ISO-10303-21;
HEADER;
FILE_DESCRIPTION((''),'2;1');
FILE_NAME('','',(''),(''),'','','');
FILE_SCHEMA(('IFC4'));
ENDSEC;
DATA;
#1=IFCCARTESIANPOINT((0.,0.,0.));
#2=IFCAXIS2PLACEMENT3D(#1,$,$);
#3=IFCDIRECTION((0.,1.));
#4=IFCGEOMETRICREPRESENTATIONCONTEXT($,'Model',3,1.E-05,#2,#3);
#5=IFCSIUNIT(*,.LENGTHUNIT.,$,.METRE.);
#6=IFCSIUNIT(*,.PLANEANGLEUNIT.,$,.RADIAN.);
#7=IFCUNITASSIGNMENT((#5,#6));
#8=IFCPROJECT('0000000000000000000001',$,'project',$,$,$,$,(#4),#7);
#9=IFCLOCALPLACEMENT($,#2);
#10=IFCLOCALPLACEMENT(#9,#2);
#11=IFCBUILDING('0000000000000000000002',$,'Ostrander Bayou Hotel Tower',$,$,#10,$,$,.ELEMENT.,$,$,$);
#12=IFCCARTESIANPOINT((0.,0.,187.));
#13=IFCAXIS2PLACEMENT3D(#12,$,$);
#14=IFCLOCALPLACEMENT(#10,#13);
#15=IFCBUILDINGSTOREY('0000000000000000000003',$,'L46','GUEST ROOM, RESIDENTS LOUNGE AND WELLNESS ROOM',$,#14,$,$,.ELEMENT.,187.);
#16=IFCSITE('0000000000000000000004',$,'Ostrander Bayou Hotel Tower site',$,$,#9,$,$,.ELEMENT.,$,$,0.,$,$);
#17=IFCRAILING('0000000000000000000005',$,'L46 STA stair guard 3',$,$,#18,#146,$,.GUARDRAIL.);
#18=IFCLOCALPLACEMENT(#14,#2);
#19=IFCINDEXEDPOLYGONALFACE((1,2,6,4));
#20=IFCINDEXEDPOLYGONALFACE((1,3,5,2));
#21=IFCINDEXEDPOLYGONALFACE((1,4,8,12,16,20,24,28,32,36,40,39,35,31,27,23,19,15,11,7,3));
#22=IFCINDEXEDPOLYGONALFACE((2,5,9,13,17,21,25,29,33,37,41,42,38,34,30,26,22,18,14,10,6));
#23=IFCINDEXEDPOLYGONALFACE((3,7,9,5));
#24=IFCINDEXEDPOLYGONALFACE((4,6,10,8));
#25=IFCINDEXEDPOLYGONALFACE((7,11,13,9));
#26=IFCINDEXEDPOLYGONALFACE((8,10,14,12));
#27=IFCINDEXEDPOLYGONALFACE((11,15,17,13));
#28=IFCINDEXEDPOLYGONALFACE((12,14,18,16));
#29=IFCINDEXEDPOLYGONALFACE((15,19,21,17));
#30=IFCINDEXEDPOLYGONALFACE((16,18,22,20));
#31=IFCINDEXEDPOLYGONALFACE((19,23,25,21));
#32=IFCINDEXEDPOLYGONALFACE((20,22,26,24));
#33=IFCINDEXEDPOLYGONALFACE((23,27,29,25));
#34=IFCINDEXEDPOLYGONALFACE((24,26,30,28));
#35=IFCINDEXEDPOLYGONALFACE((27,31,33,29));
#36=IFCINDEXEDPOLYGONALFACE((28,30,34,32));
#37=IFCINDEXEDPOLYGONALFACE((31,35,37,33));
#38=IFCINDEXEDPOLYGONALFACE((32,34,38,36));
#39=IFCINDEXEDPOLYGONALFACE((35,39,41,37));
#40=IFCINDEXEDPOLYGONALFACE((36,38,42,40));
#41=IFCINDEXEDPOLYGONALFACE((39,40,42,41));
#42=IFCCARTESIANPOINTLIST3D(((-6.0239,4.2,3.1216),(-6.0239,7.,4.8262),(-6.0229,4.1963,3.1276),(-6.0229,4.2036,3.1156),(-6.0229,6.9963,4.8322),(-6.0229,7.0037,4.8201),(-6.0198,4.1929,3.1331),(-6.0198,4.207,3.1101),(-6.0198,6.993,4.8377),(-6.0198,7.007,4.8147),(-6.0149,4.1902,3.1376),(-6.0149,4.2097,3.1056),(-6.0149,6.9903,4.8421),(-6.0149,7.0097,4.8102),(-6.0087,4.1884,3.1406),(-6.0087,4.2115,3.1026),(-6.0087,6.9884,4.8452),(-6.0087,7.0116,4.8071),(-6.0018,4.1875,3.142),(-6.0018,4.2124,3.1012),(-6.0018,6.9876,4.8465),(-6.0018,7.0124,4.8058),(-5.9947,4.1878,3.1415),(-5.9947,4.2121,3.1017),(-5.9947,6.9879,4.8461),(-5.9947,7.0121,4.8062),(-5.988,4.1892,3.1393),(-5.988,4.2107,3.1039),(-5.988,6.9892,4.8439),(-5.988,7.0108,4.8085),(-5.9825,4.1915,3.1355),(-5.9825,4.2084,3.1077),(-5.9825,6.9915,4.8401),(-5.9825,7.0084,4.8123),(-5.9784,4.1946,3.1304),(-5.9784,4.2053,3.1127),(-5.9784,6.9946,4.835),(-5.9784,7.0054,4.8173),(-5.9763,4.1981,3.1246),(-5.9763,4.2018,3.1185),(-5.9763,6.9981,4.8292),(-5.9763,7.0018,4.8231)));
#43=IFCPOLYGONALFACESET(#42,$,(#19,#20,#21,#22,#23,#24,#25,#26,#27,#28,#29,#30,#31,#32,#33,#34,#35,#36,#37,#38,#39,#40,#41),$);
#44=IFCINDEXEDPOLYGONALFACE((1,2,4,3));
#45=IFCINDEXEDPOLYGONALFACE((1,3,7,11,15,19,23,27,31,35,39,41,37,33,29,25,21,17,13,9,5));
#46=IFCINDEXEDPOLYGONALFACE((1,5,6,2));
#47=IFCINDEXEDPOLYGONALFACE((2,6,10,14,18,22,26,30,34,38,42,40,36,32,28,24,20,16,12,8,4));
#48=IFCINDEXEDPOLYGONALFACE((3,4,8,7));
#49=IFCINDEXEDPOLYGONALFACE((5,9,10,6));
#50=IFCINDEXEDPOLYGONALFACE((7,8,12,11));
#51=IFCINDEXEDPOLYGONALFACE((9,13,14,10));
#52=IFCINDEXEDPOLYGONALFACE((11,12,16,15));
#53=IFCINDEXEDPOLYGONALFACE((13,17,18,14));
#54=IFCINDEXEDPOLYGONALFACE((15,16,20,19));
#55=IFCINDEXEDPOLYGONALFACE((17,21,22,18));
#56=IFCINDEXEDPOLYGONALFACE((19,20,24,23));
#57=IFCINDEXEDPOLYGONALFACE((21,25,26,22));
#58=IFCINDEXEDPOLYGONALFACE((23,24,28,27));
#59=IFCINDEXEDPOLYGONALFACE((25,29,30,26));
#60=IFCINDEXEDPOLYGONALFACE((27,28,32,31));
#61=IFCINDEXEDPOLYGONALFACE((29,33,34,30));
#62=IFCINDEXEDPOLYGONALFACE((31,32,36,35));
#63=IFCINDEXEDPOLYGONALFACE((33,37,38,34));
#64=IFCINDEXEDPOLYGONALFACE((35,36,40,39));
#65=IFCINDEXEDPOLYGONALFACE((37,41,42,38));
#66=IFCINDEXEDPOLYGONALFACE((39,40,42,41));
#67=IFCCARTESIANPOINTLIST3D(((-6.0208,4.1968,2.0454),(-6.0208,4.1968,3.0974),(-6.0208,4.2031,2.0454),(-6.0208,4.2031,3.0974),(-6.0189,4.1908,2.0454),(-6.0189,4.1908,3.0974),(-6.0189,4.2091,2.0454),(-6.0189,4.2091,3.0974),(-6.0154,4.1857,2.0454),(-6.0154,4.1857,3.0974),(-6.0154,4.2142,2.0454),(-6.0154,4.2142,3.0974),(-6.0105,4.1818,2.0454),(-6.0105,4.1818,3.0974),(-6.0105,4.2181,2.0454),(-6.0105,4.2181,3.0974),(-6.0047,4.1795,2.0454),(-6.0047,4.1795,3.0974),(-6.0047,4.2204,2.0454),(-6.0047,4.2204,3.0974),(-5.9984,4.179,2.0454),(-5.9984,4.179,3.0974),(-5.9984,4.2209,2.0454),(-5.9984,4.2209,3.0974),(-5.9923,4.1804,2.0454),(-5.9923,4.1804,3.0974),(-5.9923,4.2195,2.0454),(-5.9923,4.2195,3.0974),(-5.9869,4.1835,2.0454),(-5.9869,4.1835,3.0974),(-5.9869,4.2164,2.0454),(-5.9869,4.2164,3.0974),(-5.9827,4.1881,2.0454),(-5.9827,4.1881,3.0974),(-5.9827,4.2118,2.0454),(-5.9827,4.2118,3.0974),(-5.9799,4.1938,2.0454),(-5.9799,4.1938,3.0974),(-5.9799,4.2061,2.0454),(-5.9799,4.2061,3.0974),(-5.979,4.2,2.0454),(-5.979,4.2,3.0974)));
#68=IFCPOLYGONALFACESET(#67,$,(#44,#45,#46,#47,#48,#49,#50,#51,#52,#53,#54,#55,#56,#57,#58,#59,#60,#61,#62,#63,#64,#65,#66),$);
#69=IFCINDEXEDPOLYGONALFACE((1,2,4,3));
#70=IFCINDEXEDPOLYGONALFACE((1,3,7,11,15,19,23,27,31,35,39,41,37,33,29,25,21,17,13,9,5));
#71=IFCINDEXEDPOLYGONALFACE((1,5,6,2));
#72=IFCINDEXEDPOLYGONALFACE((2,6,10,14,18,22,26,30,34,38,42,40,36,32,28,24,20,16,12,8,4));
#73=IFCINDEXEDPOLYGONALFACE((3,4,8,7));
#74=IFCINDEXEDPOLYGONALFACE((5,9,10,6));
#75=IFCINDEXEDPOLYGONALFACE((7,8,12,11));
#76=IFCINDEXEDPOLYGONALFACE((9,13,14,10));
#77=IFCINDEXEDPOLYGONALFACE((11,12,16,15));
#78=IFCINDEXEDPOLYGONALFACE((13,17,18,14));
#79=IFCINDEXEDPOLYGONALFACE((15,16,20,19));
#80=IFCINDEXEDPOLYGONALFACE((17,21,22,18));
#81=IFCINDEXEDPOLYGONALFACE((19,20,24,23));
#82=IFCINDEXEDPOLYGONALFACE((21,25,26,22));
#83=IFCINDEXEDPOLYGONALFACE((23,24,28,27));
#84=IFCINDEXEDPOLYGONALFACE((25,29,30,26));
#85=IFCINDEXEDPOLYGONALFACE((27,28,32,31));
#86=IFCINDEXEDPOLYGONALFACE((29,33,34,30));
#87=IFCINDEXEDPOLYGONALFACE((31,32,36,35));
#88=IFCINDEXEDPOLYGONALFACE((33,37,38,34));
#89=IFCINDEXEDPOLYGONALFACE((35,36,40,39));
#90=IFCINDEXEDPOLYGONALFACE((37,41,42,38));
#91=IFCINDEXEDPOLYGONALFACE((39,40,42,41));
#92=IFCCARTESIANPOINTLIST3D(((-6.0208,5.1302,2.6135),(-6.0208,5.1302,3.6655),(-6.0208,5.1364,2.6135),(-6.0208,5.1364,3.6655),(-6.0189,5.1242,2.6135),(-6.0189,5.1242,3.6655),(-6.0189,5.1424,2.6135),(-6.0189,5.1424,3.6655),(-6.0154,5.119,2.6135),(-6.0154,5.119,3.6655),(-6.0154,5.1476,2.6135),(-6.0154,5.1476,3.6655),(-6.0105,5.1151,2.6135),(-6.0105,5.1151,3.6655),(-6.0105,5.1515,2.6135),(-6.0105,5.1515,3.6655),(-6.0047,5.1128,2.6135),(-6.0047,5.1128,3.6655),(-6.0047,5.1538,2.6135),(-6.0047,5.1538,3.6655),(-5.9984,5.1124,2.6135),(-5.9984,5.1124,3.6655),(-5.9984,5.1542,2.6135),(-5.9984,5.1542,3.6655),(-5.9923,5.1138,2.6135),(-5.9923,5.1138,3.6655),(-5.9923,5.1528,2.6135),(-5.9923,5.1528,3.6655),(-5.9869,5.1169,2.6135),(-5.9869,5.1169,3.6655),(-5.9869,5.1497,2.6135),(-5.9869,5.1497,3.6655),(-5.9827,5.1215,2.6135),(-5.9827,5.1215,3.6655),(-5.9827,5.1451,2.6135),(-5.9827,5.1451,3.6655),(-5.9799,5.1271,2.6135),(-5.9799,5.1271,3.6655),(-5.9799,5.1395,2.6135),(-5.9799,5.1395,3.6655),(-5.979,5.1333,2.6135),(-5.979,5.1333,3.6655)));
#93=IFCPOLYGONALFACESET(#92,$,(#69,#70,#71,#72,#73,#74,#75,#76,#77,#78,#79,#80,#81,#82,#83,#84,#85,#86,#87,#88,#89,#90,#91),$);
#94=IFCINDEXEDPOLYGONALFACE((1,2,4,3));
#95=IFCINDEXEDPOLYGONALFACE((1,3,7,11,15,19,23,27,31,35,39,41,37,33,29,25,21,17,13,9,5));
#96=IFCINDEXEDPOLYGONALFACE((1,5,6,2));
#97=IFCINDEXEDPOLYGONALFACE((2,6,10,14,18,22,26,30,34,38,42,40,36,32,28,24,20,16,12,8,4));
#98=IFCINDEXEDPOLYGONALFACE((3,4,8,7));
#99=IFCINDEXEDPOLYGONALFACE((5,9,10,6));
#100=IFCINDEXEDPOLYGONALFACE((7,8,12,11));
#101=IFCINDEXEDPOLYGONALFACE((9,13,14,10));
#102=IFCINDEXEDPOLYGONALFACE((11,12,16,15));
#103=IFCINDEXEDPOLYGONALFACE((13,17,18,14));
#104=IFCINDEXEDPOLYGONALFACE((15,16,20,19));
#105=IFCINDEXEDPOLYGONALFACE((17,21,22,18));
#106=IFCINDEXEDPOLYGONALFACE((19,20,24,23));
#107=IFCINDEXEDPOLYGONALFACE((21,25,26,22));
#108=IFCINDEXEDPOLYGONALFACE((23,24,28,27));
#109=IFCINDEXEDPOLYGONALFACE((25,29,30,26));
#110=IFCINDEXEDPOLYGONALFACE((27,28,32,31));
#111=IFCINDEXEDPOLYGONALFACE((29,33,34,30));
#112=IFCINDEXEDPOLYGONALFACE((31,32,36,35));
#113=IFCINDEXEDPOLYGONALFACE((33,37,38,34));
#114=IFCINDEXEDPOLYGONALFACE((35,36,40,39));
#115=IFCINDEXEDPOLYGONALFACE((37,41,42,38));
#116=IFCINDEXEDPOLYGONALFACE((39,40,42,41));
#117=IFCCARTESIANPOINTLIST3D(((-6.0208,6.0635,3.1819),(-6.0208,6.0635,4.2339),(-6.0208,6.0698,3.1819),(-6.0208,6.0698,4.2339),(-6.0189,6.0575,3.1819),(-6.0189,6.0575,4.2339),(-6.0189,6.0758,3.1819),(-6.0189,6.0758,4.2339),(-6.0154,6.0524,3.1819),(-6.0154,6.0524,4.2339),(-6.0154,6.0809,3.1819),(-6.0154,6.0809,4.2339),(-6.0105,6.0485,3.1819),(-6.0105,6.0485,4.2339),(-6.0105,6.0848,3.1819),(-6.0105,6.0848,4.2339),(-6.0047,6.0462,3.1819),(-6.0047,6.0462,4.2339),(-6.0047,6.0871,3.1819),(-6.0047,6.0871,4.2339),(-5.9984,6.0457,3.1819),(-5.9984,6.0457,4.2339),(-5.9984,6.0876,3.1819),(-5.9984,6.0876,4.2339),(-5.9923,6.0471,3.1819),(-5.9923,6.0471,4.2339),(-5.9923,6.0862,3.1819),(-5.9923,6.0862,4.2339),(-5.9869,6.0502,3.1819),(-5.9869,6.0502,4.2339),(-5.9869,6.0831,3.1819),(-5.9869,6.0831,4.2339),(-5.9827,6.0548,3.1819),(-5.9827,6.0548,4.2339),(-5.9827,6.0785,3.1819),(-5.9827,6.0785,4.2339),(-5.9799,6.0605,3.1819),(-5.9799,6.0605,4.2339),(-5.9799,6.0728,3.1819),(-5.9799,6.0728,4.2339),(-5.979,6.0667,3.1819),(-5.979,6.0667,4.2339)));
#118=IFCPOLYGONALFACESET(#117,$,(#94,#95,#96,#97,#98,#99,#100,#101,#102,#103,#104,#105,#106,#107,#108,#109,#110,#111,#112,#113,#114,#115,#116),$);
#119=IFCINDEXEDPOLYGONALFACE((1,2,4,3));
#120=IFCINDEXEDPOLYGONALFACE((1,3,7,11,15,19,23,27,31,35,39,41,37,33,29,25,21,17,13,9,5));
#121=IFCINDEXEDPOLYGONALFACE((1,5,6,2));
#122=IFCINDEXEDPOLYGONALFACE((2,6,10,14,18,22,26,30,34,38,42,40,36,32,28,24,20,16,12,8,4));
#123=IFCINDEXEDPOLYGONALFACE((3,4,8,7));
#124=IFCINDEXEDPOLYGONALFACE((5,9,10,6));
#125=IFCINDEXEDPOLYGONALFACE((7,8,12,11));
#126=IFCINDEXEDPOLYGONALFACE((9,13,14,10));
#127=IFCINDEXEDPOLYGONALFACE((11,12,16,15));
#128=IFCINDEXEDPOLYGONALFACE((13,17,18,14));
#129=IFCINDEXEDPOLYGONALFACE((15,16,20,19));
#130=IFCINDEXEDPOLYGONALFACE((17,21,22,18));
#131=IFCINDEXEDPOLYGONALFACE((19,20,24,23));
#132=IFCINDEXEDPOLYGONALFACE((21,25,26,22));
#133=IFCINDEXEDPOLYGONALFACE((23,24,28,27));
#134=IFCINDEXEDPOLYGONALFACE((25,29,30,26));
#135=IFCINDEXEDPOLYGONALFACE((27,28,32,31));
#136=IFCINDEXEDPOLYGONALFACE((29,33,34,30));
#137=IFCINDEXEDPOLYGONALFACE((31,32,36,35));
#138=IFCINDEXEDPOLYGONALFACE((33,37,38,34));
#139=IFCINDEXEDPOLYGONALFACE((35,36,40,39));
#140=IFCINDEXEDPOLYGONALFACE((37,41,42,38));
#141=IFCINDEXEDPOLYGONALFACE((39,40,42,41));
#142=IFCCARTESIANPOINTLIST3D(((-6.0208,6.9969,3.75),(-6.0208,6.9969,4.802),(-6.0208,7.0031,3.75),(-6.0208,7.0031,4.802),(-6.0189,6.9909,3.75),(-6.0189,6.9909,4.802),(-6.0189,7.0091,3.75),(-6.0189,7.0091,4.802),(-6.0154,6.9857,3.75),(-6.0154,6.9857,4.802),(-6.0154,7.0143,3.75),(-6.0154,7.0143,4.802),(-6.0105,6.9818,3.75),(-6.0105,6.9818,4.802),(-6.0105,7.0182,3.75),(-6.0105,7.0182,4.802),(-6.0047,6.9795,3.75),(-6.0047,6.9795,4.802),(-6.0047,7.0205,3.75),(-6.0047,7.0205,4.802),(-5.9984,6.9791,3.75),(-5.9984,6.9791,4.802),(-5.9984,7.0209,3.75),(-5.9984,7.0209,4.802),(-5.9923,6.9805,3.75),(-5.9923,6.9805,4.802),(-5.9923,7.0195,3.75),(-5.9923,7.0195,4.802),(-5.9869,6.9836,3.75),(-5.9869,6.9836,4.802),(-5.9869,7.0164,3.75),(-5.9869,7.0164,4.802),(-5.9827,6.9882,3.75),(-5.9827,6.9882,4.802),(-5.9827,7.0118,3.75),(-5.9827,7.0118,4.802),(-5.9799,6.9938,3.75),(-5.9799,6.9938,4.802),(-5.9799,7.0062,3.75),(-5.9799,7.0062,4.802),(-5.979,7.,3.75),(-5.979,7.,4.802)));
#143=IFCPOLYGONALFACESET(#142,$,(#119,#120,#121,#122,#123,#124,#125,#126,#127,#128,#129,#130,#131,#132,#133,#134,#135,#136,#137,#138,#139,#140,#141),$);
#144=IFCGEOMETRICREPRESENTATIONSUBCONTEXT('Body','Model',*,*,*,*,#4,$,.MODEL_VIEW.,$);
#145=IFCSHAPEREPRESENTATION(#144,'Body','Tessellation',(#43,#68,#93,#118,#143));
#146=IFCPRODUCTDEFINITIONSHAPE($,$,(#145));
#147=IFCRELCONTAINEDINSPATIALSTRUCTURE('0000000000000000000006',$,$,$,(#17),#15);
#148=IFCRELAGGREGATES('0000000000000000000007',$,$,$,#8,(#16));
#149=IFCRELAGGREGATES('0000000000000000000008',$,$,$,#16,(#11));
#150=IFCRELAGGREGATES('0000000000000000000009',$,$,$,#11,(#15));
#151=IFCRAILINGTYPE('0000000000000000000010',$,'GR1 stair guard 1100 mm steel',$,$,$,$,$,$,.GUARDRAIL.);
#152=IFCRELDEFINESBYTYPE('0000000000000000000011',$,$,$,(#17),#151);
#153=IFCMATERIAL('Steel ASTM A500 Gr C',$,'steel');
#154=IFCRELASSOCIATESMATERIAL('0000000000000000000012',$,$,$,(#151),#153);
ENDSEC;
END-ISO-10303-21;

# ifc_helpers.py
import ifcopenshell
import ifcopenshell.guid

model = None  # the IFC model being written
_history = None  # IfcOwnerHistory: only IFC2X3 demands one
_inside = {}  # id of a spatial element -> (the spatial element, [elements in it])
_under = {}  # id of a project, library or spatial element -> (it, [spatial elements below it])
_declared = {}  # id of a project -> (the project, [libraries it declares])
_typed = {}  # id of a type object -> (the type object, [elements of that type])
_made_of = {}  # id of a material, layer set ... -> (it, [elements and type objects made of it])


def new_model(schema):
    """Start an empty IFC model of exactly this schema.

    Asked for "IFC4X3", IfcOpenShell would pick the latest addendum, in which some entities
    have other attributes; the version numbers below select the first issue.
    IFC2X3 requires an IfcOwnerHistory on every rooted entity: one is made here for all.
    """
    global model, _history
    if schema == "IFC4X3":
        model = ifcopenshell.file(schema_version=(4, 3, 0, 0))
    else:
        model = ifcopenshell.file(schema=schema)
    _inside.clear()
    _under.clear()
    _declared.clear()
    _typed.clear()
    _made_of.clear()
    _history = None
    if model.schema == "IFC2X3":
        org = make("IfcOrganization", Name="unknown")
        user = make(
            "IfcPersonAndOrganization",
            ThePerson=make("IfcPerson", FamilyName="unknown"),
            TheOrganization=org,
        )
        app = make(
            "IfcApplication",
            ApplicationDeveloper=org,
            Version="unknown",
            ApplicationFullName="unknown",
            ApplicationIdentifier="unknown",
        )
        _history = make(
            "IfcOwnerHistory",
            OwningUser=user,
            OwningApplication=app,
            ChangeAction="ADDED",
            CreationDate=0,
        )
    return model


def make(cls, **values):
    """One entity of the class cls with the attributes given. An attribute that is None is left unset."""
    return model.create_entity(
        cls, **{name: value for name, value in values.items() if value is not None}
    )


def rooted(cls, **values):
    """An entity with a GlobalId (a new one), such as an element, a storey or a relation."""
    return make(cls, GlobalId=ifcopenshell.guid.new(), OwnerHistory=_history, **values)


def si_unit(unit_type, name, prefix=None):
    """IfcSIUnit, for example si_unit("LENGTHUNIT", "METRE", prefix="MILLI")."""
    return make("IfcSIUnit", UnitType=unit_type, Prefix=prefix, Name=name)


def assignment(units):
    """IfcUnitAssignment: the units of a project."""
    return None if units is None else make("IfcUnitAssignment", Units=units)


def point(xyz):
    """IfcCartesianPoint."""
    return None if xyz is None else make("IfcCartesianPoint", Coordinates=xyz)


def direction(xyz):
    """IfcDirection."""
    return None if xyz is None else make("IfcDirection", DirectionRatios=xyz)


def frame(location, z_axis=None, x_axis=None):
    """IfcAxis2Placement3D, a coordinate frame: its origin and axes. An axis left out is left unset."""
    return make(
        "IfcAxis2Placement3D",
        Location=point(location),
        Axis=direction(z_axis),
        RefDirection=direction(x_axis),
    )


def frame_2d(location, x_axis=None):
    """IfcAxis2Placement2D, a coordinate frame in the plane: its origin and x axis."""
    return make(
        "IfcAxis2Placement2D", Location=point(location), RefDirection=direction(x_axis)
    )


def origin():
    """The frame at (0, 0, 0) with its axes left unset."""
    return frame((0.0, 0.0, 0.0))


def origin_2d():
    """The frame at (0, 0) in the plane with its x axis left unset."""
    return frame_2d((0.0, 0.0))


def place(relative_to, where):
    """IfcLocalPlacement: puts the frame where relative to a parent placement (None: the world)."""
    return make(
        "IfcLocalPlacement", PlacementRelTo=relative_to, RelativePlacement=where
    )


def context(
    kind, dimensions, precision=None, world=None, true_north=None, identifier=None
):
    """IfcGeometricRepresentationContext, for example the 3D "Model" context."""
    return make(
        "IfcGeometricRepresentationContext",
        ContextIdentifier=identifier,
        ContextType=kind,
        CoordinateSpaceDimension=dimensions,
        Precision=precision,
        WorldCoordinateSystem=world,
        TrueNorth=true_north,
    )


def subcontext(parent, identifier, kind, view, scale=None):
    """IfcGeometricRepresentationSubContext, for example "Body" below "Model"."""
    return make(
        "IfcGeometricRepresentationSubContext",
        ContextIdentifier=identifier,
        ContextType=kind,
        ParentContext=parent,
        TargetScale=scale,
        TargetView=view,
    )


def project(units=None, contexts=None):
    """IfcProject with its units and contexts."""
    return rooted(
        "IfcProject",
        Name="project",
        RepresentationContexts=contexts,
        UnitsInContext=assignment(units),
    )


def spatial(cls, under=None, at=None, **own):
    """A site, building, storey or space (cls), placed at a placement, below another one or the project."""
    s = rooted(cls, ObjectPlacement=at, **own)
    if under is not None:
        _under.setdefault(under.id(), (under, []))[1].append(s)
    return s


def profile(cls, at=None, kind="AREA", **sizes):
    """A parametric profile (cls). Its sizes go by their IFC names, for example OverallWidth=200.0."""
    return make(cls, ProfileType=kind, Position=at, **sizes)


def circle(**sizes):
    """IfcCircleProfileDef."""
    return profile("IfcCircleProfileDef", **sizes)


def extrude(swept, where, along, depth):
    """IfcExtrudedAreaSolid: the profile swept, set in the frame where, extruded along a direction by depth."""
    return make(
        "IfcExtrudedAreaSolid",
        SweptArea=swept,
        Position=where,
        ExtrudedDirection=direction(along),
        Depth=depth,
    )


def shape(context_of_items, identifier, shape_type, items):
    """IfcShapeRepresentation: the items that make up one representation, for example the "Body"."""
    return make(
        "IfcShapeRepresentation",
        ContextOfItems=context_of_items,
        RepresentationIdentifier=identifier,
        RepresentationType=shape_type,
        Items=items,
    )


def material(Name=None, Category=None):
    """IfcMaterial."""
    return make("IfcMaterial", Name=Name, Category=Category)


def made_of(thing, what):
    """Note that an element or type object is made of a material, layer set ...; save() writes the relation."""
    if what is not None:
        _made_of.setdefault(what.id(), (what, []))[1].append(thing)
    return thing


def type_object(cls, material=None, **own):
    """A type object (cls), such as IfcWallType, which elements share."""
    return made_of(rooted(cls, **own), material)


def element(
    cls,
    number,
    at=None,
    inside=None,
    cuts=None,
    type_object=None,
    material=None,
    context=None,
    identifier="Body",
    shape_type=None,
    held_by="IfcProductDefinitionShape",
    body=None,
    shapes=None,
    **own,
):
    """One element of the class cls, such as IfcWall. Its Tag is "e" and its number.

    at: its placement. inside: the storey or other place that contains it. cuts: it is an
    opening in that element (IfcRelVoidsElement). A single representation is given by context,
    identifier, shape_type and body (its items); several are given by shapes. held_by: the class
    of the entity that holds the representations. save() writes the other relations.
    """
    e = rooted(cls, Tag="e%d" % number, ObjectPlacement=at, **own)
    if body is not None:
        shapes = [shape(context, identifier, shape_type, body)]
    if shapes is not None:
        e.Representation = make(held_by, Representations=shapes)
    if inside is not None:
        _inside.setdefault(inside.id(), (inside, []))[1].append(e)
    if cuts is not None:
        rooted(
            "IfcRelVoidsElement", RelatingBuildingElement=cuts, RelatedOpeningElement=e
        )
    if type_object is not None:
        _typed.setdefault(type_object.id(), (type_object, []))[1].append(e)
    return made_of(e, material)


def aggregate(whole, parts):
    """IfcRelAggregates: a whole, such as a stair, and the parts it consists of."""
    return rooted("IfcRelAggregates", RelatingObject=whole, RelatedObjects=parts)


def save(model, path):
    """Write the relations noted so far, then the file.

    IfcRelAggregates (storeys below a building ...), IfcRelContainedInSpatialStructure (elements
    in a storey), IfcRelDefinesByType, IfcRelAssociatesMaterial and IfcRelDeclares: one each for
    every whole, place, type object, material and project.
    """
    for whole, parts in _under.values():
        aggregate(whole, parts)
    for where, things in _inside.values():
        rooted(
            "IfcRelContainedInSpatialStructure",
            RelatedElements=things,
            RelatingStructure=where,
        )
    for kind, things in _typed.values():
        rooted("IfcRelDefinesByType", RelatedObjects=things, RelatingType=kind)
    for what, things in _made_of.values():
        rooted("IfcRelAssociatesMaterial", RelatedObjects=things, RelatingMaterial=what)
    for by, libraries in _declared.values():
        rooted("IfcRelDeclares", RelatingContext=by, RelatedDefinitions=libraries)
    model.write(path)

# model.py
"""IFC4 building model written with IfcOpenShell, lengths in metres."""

from ifc_helpers import new_model, si_unit, direction, frame, origin, origin_2d, place, context, subcontext, project, spatial, circle, extrude, material, type_object, element, save


model = new_model("IFC4")

# Units and contexts
model_context = context("Model", 3, precision=1e-05, world=origin(), true_north=direction((0.0, 1.0)))
body_context = subcontext(model_context, "Body", "Model", "MODEL_VIEW")
ifc_project = project(units=[si_unit("LENGTHUNIT", "METRE"), si_unit("PLANEANGLEUNIT", "RADIAN")], contexts=[model_context])

# Site, building, storey
site_placement = place(None, origin())
site = spatial("IfcSite", under=ifc_project, at=site_placement, Name="Ostrander Bayou Hotel Tower site", CompositionType="ELEMENT", RefElevation=0.0)
building_placement = place(site_placement, origin())
building = spatial("IfcBuilding", under=site, at=building_placement, Name="Ostrander Bayou Hotel Tower", CompositionType="ELEMENT")
storey_placement = place(building_placement, frame((0.0, 0.0, 187.0)))
storey = spatial("IfcBuildingStorey", under=building, at=storey_placement, Name="L46", Description="GUEST ROOM, RESIDENTS LOUNGE AND WELLNESS ROOM", CompositionType="ELEMENT", Elevation=187.0)

# Railing
ifc_material_1 = material(Name="Steel ASTM A500 Gr C", Category="steel")
railing_type_1 = type_object("IfcRailingType", Name="GR1 stair guard 1100 mm steel", PredefinedType="GUARDRAIL", material=ifc_material_1)
railing_1_placement = place(storey_placement, frame((-6.0, 4.2, 2.0454)))
element("IfcRailing", 1, at=railing_1_placement, inside=storey, type_object=railing_type_1, Name="L46 STA stair guard 3", PredefinedType="GUARDRAIL", context=body_context, shape_type="SweptSolid", body=[
    extrude(circle(Radius=0.0239, at=origin_2d()), frame((0.0, 0.0, 1.0762), z_axis=(0.0, 0.85417, 0.519994), x_axis=(-1.0, 0.0, 0.0)), (0.0, 0.0, 1.0), 3.2781),
    extrude(circle(Radius=0.021, at=origin_2d()), origin(), (0.0, 0.0, 1.0), 1.052),
    extrude(circle(Radius=0.021, at=origin_2d()), frame((0.0, 0.9333, 0.5681)), (0.0, 0.0, 1.0), 1.052),
    extrude(circle(Radius=0.021, at=origin_2d()), frame((0.0, 1.8667, 1.1365)), (0.0, 0.0, 1.0), 1.052),
    extrude(circle(Radius=0.021, at=origin_2d()), frame((0.0, 2.8, 1.7046)), (0.0, 0.0, 1.0), 1.052),
])

save(model, "model.ifc")
